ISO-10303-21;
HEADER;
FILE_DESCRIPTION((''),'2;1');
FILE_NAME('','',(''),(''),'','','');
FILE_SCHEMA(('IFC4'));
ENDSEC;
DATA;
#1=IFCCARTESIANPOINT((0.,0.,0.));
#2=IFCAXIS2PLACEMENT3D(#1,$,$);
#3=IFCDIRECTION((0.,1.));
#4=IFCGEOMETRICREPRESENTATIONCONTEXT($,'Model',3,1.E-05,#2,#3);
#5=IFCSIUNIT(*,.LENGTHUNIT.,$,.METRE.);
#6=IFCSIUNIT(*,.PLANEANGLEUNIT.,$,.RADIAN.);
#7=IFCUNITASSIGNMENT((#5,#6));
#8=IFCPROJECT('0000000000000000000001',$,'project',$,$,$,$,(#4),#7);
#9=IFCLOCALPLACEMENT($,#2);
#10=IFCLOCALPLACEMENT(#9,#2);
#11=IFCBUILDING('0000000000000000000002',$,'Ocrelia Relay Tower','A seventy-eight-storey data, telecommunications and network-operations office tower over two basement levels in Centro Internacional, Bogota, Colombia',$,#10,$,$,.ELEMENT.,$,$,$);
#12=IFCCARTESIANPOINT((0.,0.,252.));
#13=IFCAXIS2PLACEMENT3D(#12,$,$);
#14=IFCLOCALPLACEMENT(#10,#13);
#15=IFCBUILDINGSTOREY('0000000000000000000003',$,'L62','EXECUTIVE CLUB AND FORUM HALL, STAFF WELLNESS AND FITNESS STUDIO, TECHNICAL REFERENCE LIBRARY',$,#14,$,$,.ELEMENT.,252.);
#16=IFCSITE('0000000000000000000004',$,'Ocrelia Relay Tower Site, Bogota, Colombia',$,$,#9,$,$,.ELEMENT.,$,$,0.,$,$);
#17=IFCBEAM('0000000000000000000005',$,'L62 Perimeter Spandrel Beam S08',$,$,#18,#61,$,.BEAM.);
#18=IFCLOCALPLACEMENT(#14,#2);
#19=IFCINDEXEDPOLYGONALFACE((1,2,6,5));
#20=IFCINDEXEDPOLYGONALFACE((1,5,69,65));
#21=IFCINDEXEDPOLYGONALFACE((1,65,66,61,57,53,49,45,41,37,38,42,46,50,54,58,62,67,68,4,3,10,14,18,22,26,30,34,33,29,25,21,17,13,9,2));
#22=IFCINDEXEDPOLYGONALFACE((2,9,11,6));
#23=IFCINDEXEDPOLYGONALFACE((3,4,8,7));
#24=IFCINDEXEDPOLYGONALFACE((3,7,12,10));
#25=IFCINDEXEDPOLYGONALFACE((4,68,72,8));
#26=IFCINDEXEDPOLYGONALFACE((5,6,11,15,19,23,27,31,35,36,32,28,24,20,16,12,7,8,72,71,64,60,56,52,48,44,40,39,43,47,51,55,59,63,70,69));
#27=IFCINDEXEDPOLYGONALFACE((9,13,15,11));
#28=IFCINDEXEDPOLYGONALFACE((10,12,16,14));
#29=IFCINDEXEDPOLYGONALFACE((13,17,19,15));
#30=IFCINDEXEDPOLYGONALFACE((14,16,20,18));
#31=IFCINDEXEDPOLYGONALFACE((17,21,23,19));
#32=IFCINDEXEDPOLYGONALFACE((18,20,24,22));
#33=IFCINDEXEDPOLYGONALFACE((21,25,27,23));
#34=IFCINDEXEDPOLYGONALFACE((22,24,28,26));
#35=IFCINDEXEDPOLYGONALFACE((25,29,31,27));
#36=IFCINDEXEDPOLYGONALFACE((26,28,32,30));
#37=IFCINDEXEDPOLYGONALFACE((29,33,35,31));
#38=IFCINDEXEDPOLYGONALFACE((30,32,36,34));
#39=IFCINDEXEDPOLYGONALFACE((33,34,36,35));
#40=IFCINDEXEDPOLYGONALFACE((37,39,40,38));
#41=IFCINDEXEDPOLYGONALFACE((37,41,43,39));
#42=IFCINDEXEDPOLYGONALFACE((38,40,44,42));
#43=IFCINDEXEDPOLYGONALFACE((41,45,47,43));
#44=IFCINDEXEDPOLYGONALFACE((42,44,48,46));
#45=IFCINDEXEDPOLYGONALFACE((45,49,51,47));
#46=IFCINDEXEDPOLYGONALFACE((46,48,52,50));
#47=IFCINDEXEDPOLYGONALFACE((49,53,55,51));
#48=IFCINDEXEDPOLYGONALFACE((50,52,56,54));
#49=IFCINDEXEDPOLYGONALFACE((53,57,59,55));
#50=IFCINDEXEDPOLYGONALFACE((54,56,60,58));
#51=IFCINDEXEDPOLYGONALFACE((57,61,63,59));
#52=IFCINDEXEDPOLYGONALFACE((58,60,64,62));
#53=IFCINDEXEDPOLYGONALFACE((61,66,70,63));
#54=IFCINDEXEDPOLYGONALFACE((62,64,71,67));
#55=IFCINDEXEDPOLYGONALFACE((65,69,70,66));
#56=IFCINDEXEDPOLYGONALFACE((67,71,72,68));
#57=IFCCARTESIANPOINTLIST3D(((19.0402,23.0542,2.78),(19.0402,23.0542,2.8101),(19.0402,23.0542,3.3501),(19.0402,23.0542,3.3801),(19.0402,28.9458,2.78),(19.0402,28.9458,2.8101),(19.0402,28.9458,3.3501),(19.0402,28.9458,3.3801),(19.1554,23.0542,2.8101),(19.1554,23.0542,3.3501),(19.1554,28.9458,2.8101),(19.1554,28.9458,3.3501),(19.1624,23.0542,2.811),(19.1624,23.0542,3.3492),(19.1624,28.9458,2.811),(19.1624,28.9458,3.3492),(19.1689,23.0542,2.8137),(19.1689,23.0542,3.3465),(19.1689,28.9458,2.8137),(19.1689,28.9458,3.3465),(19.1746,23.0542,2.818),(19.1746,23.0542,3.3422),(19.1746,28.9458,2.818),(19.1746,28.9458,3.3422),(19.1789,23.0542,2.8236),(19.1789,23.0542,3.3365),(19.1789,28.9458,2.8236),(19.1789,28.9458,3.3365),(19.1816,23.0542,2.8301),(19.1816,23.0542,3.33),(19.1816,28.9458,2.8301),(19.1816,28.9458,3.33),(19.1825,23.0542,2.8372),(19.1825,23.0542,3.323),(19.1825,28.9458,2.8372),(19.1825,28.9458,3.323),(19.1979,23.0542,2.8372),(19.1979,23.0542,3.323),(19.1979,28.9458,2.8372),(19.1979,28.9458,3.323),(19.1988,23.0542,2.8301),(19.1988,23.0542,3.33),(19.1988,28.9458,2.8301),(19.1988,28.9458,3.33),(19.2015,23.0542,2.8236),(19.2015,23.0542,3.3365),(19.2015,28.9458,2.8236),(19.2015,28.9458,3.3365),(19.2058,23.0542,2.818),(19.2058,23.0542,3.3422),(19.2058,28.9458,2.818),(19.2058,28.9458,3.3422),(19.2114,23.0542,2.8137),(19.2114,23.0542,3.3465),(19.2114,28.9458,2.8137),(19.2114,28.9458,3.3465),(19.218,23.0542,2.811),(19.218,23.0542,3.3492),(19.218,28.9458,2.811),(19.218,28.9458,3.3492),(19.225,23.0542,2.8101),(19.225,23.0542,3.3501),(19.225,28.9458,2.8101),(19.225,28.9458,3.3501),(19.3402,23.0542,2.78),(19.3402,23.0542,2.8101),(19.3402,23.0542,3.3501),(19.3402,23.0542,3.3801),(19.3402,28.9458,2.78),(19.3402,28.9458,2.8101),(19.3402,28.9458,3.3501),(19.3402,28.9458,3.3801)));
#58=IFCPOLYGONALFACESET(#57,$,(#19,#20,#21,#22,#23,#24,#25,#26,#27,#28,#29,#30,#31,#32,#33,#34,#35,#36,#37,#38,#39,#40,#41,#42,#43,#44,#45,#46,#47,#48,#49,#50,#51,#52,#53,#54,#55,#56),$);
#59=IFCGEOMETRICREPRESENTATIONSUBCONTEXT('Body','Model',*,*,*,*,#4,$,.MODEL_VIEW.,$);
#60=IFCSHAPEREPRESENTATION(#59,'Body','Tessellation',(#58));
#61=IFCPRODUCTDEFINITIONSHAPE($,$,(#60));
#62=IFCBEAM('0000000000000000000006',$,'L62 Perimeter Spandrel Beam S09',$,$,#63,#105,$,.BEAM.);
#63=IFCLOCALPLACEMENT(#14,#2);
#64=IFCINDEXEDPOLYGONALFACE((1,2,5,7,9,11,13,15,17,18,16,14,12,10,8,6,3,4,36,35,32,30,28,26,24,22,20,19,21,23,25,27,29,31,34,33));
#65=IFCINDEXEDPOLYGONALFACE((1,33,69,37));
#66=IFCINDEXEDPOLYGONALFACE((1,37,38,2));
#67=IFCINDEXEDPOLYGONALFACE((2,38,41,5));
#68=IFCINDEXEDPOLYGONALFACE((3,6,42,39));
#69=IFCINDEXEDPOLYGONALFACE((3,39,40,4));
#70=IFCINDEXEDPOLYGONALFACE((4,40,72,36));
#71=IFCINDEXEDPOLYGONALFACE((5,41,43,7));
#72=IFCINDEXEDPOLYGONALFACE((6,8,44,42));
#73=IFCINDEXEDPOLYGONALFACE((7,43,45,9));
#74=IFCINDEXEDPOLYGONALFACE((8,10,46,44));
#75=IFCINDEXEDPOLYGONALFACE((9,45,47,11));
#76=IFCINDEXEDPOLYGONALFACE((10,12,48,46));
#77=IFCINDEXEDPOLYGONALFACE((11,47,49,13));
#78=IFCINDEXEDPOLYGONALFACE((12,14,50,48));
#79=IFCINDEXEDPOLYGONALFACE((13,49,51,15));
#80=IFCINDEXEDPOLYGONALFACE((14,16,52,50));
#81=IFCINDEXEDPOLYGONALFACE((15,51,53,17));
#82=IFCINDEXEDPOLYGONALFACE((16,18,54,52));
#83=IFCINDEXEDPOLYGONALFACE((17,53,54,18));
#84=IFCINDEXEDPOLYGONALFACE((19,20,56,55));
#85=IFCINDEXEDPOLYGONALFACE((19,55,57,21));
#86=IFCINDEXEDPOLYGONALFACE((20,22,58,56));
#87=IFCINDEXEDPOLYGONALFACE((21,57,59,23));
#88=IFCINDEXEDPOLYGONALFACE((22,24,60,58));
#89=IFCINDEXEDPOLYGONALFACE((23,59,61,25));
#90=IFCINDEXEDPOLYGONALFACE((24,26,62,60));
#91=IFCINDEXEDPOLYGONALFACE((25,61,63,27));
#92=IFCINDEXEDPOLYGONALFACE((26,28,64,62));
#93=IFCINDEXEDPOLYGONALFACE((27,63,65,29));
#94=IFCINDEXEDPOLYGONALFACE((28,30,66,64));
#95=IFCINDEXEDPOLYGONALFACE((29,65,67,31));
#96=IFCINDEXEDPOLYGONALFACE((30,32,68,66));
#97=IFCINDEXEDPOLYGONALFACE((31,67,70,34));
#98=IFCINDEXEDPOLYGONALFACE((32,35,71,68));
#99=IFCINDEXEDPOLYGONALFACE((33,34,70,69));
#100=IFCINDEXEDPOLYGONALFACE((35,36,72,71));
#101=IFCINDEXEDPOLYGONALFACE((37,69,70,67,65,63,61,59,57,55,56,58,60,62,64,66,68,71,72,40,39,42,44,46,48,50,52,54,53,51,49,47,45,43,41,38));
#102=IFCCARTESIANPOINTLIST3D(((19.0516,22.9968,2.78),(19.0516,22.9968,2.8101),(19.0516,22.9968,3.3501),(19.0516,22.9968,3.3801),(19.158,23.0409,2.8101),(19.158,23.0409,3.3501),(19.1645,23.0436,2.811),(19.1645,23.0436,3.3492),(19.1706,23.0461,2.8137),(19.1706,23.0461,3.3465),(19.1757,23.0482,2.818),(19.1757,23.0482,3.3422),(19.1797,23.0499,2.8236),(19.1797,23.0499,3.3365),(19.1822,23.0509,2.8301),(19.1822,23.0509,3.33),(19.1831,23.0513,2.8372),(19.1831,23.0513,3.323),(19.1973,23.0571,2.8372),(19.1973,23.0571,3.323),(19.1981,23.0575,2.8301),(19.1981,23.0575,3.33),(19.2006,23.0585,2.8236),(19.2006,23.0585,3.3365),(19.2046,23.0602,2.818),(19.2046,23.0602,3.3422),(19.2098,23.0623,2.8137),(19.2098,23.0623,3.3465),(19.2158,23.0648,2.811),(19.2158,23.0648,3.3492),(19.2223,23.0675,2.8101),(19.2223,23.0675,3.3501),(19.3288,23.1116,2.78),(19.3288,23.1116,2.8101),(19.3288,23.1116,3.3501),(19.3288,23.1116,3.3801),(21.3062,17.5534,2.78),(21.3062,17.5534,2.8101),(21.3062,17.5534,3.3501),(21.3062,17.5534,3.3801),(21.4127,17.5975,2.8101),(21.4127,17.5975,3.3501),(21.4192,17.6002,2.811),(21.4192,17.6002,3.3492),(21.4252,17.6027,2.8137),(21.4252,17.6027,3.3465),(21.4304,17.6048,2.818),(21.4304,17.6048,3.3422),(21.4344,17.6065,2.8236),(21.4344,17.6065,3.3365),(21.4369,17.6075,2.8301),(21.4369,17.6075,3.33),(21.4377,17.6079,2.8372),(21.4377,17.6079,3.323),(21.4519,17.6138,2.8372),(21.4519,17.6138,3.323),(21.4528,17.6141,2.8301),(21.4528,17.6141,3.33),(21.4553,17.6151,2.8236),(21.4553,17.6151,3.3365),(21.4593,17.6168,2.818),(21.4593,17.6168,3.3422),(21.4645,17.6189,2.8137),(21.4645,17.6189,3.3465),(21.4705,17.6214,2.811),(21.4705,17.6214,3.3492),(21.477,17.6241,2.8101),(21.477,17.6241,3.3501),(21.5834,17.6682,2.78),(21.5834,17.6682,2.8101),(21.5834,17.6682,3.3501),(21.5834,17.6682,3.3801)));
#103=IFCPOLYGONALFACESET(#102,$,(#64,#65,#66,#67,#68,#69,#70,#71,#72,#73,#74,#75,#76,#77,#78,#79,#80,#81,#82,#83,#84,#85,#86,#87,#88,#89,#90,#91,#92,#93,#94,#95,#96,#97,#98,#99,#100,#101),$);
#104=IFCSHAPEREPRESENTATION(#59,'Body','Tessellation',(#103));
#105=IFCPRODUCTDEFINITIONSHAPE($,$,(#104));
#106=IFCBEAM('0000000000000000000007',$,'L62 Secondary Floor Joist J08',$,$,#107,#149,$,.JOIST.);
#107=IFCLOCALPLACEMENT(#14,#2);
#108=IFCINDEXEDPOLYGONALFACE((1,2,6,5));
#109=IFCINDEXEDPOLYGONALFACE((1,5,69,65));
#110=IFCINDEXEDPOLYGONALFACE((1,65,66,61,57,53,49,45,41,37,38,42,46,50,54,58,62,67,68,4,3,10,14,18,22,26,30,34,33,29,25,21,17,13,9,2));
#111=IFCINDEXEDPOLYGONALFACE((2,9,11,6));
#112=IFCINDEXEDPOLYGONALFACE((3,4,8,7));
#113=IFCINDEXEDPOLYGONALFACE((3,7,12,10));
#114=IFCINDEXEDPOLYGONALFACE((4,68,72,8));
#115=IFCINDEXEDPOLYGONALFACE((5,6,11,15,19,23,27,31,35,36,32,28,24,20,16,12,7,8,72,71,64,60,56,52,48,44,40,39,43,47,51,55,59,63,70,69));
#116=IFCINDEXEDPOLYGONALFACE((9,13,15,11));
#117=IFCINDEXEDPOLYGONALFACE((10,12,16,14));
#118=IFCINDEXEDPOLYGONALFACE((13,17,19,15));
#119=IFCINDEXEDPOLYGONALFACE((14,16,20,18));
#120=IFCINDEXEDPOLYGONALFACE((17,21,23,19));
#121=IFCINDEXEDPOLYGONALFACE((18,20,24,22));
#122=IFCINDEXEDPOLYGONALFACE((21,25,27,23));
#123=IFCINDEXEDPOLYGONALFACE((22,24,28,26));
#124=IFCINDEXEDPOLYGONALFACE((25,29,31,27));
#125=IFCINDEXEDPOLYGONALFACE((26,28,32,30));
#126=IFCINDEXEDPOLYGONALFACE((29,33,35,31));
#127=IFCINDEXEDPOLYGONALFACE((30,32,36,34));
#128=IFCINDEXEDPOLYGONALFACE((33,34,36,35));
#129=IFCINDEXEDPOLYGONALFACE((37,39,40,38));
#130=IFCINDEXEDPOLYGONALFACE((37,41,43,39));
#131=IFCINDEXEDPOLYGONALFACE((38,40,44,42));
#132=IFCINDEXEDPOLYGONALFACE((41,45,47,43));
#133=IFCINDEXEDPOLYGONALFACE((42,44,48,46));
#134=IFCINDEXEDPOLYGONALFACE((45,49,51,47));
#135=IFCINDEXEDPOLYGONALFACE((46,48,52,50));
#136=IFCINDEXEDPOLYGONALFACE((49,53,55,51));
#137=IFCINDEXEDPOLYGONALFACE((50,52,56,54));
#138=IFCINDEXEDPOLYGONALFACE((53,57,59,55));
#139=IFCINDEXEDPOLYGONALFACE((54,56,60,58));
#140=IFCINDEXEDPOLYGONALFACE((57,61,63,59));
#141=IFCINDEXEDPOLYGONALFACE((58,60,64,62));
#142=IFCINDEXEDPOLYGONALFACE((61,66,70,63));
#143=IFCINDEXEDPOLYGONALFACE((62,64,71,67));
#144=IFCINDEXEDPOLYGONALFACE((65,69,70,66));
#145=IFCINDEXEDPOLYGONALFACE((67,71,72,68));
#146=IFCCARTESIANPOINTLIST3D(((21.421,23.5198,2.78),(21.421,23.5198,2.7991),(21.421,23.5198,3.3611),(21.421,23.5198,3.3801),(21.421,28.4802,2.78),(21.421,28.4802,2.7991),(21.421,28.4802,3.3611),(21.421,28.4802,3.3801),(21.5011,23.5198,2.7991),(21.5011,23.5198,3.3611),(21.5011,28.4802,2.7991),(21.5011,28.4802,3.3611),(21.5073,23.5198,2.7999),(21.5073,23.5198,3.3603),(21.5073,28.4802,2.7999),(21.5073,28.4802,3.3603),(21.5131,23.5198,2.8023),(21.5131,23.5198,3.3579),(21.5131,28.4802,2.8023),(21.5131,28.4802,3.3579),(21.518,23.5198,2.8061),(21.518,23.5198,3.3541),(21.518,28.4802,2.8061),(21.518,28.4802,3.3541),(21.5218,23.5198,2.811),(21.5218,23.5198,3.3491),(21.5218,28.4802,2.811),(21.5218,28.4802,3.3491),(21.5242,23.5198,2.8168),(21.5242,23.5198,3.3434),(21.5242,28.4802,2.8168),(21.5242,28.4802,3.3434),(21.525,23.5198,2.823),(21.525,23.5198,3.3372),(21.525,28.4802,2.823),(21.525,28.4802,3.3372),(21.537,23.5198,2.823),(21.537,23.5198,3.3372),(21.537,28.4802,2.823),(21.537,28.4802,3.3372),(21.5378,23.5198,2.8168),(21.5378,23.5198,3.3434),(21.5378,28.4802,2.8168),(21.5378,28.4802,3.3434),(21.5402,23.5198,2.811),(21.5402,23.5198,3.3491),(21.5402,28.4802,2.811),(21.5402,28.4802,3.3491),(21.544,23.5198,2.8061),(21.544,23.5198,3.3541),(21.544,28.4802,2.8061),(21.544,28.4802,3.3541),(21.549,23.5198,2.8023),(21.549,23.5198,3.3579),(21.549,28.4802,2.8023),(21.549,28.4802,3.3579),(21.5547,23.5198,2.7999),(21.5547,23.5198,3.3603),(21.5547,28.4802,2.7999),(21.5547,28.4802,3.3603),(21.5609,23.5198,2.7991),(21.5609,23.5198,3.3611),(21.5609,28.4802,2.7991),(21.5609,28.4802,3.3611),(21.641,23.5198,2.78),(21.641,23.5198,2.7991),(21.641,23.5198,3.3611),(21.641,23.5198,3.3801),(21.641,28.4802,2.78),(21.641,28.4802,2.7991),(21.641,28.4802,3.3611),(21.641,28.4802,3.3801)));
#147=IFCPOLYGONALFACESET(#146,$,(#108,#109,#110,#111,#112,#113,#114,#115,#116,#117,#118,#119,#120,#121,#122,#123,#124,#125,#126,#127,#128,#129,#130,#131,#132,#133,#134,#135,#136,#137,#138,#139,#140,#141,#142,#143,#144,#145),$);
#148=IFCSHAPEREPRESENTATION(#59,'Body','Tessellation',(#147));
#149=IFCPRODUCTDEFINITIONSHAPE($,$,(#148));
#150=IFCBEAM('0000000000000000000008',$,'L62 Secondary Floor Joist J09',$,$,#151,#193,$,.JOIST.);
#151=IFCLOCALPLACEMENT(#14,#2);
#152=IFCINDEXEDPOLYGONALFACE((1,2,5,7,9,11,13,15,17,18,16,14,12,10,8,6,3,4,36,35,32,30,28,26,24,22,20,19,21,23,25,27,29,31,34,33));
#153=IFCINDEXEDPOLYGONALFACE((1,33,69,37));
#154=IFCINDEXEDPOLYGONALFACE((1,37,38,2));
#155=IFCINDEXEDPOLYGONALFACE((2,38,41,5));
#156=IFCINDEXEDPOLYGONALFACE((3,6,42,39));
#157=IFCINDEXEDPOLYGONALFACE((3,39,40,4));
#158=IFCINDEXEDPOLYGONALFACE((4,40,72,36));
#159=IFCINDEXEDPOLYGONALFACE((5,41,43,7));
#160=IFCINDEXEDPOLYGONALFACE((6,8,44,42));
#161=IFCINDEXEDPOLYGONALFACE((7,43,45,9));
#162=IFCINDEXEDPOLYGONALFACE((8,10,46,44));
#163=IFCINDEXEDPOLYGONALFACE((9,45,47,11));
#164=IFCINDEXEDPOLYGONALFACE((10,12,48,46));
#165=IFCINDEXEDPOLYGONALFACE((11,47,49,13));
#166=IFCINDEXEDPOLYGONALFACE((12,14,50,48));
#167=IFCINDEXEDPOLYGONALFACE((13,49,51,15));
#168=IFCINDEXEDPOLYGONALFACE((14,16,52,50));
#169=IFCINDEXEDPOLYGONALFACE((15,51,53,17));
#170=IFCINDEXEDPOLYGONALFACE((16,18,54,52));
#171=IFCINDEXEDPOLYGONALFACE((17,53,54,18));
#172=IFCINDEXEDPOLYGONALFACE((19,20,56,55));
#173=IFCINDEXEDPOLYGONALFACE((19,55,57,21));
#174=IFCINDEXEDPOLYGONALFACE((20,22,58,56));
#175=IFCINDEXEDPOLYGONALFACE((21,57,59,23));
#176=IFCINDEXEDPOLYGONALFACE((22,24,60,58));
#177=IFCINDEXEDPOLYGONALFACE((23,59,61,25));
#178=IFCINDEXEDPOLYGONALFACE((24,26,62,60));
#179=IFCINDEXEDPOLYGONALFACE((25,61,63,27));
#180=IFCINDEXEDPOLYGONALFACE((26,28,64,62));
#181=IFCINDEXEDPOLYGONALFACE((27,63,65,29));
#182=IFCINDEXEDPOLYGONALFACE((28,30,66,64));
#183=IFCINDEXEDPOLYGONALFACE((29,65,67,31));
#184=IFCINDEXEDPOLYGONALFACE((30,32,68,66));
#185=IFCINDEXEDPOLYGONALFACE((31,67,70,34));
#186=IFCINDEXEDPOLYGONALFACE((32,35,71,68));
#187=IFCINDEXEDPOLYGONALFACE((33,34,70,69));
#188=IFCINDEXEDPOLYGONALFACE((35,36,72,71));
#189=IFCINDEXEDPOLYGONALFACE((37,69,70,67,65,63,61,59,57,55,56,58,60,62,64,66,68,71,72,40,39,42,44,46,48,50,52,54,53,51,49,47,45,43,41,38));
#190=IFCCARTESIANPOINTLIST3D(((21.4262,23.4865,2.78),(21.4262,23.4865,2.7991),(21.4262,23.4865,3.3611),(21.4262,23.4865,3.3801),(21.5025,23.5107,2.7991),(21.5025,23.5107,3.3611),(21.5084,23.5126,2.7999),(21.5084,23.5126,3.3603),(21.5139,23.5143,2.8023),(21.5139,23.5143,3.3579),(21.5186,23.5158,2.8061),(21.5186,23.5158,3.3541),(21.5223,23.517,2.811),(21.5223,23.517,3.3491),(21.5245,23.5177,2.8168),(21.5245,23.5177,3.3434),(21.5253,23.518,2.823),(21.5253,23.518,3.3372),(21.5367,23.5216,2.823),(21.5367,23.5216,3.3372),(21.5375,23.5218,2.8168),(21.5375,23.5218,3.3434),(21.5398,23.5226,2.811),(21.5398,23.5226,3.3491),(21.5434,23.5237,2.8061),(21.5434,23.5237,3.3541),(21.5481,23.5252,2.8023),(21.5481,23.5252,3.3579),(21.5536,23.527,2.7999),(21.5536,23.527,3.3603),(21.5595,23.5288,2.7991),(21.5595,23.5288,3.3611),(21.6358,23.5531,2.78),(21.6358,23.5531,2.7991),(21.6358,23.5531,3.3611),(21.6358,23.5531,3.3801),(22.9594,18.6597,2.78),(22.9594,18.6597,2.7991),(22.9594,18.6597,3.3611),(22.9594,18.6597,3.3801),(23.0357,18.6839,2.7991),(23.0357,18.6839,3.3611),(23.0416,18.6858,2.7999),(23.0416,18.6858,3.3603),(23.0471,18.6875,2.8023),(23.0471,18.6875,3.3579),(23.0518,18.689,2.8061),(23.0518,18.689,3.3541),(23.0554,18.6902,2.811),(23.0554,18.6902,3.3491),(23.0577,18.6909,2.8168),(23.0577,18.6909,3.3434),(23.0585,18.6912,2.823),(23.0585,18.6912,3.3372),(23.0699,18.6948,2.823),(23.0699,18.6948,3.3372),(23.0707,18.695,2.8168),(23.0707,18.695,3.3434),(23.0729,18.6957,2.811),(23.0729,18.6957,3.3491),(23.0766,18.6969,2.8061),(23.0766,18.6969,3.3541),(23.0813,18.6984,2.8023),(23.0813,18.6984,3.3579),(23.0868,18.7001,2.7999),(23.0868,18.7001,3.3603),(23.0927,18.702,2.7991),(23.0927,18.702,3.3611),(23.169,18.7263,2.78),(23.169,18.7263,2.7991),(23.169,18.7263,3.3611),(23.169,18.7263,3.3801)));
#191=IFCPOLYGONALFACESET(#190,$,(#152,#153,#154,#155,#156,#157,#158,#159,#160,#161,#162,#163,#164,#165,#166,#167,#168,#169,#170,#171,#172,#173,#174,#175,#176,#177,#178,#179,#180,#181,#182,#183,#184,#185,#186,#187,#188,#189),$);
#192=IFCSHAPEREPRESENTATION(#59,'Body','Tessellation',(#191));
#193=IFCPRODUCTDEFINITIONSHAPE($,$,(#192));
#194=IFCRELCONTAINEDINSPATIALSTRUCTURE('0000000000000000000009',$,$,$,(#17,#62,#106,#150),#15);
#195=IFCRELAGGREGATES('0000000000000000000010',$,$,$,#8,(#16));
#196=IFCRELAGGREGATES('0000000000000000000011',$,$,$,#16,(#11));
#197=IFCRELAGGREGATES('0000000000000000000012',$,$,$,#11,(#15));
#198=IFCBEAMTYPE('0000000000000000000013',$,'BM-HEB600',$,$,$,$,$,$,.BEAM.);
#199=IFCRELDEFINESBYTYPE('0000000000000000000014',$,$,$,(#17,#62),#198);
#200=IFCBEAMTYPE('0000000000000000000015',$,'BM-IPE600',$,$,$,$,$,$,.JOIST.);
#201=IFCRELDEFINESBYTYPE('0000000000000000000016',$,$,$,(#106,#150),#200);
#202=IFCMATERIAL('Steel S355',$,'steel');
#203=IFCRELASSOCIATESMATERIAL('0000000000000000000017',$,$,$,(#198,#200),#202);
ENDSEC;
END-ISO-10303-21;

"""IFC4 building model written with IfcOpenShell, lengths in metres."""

from ifc_helpers import new_model, si_unit, direction, frame, origin, origin_2d, place, context, subcontext, project, spatial, i_section, extrude, material, material_profile, profile_set, type_object, element, save


model = new_model("IFC4")

# Units and contexts
model_context = context("Model", 3, precision=1e-05, world=origin(), true_north=direction((0.0, 1.0)))
body_context = subcontext(model_context, "Body", "Model", "MODEL_VIEW")
ifc_project = project(units=[si_unit("LENGTHUNIT", "METRE"), si_unit("PLANEANGLEUNIT", "RADIAN")], contexts=[model_context])

# Site, building, storey
site_placement = place(None, origin())
site = spatial("IfcSite", under=ifc_project, at=site_placement, Name="Ocrelia Relay Tower Site, Bogota, Colombia", CompositionType="ELEMENT", RefElevation=0.0)
building_placement = place(site_placement, origin())
building = spatial("IfcBuilding", under=site, at=building_placement, Name="Ocrelia Relay Tower", Description="A seventy-eight-storey data, telecommunications and network-operations office tower over two basement levels in Centro Internacional, Bogota, Colombia", CompositionType="ELEMENT")
storey_placement = place(building_placement, frame((0.0, 0.0, 252.0)))
storey = spatial("IfcBuildingStorey", under=building, at=storey_placement, Name="L62", Description="EXECUTIVE CLUB AND FORUM HALL, STAFF WELLNESS AND FITNESS STUDIO, TECHNICAL REFERENCE LIBRARY", CompositionType="ELEMENT", Elevation=252.0)

# Beams
ifc_material_1 = material(Name="Steel S355", Category="steel")
ifc_material_profile_1 = material_profile(ifc_material_1, i_section(OverallWidth=0.3, OverallDepth=0.6001, WebThickness=0.0154, FlangeThickness=0.03, FilletRadius=0.0271, at=origin_2d()), Name="HEB 600")
ifc_profile_set_1 = profile_set([ifc_material_profile_1], Name="Steel S355")
beam_type_1 = type_object("IfcBeamType", Name="BM-HEB600", PredefinedType="BEAM", material=ifc_profile_set_1)
beam_1_placement = place(storey_placement, frame((19.1902, 28.9458, 3.0801), z_axis=(0.0, -1.0, 0.0), x_axis=(1.0, 0.0, 0.0)))
element("IfcBeam", 1, at=beam_1_placement, inside=storey, type_object=beam_type_1, Name="L62 Perimeter Spandrel Beam S08", PredefinedType="BEAM", context=body_context, shape_type="SweptSolid", body=[
    extrude(i_section(OverallWidth=0.3, OverallDepth=0.6001, WebThickness=0.0154, FlangeThickness=0.03, FilletRadius=0.0271, at=origin_2d()), origin(), (0.0, 0.0, 1.0), 5.8916),
])
beam_2_placement = place(storey_placement, frame((19.1902, 23.0542, 3.0801), z_axis=(0.382673, -0.923884, 0.0), x_axis=(0.923884, 0.382673, 0.0)))
element("IfcBeam", 2, at=beam_2_placement, inside=storey, type_object=beam_type_1, Name="L62 Perimeter Spandrel Beam S09", PredefinedType="BEAM", context=body_context, shape_type="SweptSolid", body=[
    extrude(i_section(OverallWidth=0.3, OverallDepth=0.6001, WebThickness=0.0154, FlangeThickness=0.03, FilletRadius=0.0271, at=origin_2d()), origin(), (0.0, 0.0, 1.0), 5.8918),
])
ifc_material_profile_2 = material_profile(ifc_material_1, i_section(OverallWidth=0.22, OverallDepth=0.6001, WebThickness=0.012, FlangeThickness=0.019, FilletRadius=0.0239, at=origin_2d()), Name="IPE 600")
ifc_profile_set_2 = profile_set([ifc_material_profile_2], Name="Steel S355")
beam_type_2 = type_object("IfcBeamType", Name="BM-IPE600", PredefinedType="JOIST", material=ifc_profile_set_2)
beam_3_placement = place(storey_placement, frame((21.531, 28.4802, 3.0801), z_axis=(0.0, -1.0, 0.0), x_axis=(1.0, 0.0, 0.0)))
element("IfcBeam", 3, at=beam_3_placement, inside=storey, type_object=beam_type_2, Name="L62 Secondary Floor Joist J08", PredefinedType="JOIST", context=body_context, shape_type="SweptSolid", body=[
    extrude(i_section(OverallWidth=0.22, OverallDepth=0.6001, WebThickness=0.012, FlangeThickness=0.019, FilletRadius=0.0239, at=origin_2d()), origin(), (0.0, 0.0, 1.0), 4.9604),
])
beam_4_placement = place(storey_placement, frame((21.531, 23.5198, 3.0801), z_axis=(0.302732, -0.953076, 0.0), x_axis=(0.953076, 0.302732, 0.0)))
element("IfcBeam", 4, at=beam_4_placement, inside=storey, type_object=beam_type_2, Name="L62 Secondary Floor Joist J09", PredefinedType="JOIST", context=body_context, shape_type="SweptSolid", body=[
    extrude(i_section(OverallWidth=0.22, OverallDepth=0.6001, WebThickness=0.012, FlangeThickness=0.019, FilletRadius=0.0239, at=origin_2d()), origin(), (0.0, 0.0, 1.0), 5.0645),
])

save(model, "model.ifc")
